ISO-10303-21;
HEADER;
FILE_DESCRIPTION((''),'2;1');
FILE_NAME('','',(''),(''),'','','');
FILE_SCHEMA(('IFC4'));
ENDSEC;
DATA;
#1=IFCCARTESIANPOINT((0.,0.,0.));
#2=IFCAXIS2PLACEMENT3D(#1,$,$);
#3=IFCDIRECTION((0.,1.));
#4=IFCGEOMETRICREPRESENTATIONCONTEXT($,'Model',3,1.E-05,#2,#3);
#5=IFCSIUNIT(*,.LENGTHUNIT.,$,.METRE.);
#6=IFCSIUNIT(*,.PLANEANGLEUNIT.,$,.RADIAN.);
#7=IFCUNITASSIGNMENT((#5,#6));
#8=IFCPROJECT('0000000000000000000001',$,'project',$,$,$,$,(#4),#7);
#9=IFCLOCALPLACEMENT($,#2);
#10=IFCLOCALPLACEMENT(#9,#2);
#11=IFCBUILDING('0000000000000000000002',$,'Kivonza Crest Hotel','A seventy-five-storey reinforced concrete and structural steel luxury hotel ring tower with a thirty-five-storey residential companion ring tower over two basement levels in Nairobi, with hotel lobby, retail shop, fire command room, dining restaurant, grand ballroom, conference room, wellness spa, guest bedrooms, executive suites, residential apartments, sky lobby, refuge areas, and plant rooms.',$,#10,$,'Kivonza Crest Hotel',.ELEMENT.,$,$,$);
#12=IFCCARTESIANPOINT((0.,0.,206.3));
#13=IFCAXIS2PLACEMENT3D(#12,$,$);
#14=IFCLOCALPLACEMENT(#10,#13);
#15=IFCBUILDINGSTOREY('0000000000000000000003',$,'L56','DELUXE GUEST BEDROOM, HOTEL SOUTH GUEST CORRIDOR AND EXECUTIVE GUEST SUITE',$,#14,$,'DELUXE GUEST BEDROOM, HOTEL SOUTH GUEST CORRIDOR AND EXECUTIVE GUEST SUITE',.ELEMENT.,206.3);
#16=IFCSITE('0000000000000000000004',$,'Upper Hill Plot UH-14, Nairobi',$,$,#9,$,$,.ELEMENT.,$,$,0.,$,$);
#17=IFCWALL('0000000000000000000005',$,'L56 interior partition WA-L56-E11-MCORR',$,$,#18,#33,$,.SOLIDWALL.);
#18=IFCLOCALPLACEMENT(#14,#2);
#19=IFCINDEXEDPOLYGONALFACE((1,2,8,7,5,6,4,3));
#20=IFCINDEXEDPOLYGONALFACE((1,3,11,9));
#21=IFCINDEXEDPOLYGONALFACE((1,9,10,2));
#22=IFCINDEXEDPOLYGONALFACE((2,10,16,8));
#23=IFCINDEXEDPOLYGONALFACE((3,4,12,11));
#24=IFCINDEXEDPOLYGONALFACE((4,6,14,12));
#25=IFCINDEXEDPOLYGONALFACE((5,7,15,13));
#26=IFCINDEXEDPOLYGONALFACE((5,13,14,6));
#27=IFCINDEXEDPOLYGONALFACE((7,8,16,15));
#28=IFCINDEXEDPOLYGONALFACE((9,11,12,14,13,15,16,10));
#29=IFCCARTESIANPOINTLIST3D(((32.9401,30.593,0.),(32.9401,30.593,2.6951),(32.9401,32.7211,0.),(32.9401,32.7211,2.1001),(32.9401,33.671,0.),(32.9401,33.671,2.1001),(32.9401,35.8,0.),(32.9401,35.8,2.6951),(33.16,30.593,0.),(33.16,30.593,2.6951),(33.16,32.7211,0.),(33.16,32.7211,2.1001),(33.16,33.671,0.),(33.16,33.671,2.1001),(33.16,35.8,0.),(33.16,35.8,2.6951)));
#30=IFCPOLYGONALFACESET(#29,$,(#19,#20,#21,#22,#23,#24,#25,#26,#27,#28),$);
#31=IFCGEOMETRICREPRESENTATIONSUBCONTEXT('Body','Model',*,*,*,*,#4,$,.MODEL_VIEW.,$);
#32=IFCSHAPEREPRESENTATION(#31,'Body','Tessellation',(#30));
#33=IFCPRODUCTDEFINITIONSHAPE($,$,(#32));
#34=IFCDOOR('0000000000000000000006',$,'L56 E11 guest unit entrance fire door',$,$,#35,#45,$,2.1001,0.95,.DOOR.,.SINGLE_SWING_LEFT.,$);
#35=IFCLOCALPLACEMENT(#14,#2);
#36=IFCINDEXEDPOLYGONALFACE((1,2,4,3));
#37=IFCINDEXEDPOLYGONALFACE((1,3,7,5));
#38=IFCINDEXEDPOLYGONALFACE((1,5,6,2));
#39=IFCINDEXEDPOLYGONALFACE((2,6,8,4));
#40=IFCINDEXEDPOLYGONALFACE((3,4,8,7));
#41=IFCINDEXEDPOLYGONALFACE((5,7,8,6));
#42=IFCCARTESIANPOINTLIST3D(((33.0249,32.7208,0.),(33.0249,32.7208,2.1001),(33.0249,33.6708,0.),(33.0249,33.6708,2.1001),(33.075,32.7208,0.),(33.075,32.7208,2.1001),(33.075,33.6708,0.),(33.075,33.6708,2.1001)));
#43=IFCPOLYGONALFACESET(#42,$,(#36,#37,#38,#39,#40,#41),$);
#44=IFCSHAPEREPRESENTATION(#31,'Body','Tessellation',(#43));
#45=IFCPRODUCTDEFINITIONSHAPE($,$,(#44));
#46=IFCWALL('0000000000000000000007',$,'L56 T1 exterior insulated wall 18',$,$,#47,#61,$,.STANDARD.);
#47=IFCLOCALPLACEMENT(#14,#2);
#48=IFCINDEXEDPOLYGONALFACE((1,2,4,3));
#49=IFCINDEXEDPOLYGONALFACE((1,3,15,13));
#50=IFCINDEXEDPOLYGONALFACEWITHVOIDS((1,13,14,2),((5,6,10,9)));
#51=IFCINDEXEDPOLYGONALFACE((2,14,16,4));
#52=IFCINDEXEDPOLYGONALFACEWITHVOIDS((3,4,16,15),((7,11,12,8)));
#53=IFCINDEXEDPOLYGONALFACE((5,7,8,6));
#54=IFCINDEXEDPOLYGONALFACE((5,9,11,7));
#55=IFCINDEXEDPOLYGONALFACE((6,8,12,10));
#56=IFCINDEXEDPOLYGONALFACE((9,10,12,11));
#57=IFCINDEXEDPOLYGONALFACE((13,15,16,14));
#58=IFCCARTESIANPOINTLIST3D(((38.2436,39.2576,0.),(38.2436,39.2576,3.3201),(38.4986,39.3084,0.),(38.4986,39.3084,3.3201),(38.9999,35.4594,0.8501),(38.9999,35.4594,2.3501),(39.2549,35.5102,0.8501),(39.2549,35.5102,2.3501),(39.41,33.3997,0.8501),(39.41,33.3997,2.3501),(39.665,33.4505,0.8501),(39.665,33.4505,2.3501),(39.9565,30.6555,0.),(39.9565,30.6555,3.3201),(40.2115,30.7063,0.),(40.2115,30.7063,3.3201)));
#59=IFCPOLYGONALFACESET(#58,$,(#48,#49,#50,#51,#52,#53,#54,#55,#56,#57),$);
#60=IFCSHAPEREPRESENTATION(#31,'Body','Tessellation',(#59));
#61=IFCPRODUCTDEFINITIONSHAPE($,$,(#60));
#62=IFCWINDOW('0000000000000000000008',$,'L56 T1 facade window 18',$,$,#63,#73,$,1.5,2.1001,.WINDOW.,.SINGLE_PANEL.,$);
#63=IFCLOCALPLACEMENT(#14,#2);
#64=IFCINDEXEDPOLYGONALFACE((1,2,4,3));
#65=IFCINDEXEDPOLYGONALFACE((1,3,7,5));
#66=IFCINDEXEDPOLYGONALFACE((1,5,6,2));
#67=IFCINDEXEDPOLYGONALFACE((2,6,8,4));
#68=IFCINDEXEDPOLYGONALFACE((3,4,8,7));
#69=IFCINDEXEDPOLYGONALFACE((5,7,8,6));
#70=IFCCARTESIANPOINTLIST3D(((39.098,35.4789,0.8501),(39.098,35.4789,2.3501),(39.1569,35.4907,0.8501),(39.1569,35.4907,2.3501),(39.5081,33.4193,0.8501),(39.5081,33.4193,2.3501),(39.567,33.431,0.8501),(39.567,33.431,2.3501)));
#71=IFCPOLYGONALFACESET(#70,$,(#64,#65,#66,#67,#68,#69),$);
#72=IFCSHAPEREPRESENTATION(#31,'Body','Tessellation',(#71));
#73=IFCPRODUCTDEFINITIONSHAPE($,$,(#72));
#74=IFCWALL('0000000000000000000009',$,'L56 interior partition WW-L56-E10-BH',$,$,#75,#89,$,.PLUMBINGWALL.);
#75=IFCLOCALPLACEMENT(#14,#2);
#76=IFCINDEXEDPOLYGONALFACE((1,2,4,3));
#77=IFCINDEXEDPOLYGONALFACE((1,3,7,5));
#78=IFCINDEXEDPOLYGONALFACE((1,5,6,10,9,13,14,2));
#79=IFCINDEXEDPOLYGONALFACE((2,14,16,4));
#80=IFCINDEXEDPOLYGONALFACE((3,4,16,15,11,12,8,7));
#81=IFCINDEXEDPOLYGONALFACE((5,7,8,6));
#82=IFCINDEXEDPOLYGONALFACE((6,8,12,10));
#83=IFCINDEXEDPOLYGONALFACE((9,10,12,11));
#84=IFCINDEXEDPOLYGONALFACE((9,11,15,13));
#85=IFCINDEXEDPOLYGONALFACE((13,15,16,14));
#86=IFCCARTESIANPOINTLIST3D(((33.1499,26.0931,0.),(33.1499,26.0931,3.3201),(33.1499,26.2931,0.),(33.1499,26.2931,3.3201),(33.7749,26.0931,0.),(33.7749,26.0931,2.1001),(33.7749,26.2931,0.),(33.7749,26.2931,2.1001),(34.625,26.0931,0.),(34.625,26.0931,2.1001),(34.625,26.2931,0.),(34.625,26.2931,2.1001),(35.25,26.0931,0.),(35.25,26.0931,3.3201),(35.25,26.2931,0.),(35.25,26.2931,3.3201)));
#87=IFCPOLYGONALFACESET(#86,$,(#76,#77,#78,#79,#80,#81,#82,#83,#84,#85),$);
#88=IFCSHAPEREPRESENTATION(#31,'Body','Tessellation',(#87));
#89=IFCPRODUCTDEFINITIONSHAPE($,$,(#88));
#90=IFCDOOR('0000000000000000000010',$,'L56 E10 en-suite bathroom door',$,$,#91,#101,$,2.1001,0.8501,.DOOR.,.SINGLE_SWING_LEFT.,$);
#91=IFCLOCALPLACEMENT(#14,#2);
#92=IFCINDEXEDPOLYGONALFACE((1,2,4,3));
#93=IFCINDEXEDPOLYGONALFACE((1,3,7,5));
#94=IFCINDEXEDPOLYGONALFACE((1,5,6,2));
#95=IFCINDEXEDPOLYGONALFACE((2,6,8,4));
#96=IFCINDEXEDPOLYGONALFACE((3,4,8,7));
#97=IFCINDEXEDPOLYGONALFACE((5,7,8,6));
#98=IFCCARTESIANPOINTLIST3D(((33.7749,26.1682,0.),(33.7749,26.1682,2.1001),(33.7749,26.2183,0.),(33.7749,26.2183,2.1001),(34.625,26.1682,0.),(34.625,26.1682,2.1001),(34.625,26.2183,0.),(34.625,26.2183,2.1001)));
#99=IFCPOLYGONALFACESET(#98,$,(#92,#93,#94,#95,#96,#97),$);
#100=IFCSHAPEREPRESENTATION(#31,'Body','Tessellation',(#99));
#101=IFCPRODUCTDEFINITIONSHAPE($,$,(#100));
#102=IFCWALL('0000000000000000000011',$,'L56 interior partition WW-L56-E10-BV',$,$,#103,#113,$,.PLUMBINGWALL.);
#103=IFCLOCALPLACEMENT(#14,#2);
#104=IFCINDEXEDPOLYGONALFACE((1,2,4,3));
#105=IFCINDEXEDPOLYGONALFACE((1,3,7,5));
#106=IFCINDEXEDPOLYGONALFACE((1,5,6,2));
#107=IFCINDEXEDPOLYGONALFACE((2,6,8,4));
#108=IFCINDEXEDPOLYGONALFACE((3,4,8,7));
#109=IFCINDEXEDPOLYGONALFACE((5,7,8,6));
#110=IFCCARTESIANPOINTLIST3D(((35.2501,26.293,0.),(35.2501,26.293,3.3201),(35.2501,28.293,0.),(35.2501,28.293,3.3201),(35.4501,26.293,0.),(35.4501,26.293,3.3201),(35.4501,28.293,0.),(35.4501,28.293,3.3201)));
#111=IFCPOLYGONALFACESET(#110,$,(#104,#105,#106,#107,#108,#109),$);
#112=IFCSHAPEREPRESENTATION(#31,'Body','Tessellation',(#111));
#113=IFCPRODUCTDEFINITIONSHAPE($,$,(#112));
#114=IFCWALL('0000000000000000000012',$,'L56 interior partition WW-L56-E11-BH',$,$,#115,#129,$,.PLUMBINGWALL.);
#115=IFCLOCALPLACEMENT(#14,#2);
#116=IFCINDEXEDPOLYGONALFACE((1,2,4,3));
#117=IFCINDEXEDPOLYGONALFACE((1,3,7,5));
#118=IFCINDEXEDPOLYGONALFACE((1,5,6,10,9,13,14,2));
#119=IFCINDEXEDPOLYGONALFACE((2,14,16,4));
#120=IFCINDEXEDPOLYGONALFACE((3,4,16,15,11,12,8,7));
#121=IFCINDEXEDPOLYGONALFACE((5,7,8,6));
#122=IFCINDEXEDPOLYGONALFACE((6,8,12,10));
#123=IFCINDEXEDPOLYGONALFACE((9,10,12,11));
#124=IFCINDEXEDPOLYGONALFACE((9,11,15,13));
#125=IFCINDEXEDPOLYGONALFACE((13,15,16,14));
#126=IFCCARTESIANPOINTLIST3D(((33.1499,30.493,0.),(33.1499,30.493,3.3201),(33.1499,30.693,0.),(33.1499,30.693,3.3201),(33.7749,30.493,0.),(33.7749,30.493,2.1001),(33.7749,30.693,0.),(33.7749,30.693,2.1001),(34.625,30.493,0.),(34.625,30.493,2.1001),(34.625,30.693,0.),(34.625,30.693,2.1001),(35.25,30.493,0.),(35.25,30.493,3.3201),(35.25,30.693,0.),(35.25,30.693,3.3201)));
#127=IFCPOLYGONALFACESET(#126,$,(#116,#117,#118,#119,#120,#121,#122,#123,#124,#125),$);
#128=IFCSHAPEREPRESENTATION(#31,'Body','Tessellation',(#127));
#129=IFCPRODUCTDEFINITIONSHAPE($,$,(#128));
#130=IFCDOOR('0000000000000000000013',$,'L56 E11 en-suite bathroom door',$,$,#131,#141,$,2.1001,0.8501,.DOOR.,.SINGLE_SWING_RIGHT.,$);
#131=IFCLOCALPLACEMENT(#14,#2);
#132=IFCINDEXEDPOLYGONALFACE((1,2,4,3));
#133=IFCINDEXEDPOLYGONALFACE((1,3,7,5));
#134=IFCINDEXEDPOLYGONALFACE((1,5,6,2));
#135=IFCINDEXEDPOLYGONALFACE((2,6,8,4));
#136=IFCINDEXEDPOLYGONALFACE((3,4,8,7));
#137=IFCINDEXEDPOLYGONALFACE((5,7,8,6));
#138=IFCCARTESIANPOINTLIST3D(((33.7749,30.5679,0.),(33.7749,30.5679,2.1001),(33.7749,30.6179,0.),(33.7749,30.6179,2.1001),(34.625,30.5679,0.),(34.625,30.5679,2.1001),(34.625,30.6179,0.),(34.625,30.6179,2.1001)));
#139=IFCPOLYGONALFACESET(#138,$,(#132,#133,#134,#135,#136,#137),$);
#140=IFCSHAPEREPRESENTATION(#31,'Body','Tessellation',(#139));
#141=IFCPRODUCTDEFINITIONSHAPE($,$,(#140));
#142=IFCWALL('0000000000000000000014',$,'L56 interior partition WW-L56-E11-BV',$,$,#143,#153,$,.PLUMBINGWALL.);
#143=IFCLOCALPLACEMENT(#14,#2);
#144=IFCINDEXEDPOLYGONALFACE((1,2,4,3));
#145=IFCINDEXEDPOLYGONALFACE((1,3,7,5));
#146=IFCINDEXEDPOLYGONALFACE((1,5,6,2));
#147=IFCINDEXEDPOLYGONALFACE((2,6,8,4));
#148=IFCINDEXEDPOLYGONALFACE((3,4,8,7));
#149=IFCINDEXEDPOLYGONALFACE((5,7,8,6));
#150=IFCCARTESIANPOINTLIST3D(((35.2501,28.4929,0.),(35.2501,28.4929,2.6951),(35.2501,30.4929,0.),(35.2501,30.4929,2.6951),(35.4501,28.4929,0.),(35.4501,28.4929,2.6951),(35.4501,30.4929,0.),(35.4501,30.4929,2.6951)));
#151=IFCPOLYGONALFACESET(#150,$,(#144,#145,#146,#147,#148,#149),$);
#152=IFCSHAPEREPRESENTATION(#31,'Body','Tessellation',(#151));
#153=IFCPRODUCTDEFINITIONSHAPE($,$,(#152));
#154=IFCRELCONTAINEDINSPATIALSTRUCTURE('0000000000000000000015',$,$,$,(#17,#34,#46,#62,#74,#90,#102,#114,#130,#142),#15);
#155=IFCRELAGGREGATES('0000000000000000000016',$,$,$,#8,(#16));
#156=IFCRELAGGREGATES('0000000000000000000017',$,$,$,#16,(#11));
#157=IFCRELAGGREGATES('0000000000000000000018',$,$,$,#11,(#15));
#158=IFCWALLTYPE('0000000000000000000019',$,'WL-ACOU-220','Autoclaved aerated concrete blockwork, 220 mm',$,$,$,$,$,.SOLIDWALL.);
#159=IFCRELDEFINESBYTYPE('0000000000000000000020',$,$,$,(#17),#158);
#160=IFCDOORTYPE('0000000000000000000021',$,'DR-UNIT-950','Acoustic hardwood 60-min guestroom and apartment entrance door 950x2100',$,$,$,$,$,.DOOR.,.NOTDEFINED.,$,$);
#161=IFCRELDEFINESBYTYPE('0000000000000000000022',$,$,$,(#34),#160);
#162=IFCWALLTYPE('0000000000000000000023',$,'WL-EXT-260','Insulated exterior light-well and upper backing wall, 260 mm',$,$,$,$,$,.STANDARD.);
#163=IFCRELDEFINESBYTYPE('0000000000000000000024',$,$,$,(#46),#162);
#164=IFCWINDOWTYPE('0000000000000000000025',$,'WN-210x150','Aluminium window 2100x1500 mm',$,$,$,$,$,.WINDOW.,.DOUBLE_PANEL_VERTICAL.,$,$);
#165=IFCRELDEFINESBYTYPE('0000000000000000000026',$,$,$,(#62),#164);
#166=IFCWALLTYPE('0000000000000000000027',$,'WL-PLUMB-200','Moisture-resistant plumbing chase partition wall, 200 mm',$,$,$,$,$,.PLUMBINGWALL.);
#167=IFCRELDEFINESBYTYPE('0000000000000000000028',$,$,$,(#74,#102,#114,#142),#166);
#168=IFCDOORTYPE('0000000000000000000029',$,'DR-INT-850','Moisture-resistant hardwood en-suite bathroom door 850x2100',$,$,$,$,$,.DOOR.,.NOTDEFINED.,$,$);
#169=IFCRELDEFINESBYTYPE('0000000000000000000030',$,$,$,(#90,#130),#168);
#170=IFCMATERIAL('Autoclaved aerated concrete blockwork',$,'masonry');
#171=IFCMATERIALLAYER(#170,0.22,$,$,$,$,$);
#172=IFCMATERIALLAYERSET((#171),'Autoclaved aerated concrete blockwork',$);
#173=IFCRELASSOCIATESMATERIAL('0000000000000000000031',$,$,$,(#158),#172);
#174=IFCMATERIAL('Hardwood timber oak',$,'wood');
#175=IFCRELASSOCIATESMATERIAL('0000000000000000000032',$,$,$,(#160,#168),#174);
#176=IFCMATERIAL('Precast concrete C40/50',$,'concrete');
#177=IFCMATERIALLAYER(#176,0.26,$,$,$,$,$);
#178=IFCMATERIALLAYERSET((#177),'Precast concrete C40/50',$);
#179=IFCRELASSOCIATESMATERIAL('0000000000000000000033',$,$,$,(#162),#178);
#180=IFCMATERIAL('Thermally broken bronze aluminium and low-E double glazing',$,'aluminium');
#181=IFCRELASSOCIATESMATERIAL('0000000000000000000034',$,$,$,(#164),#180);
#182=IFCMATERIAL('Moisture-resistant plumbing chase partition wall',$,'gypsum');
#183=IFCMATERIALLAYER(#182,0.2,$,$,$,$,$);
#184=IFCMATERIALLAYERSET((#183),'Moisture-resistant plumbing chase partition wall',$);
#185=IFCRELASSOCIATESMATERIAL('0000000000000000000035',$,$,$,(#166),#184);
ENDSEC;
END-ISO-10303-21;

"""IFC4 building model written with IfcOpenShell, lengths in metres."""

from ifc_helpers import new_model, si_unit, direction, frame, frame_2d, origin, place, context, subcontext, project, spatial, rectangle, extrude, material, layer, layer_set, type_object, element, fill, save


model = new_model("IFC4")

# Units and contexts
model_context = context("Model", 3, precision=1e-05, world=origin(), true_north=direction((0.0, 1.0)))
body_context = subcontext(model_context, "Body", "Model", "MODEL_VIEW")
ifc_project = project(units=[si_unit("LENGTHUNIT", "METRE"), si_unit("PLANEANGLEUNIT", "RADIAN")], contexts=[model_context])

# Site, building, storey
site_placement = place(None, origin())
site = spatial("IfcSite", under=ifc_project, at=site_placement, Name="Upper Hill Plot UH-14, Nairobi", CompositionType="ELEMENT", RefElevation=0.0)
building_placement = place(site_placement, origin())
building = spatial("IfcBuilding", under=site, at=building_placement, Name="Kivonza Crest Hotel", Description="A seventy-five-storey reinforced concrete and structural steel luxury hotel ring tower with a thirty-five-storey residential companion ring tower over two basement levels in Nairobi, with hotel lobby, retail shop, fire command room, dining restaurant, grand ballroom, conference room, wellness spa, guest bedrooms, executive suites, residential apartments, sky lobby, refuge areas, and plant rooms.", LongName="Kivonza Crest Hotel", CompositionType="ELEMENT")
storey_placement = place(building_placement, frame((0.0, 0.0, 206.3)))
storey = spatial("IfcBuildingStorey", under=building, at=storey_placement, Name="L56", Description="DELUXE GUEST BEDROOM, HOTEL SOUTH GUEST CORRIDOR AND EXECUTIVE GUEST SUITE", LongName="DELUXE GUEST BEDROOM, HOTEL SOUTH GUEST CORRIDOR AND EXECUTIVE GUEST SUITE", CompositionType="ELEMENT", Elevation=206.3)

# Shared definitions
ifc_material_1 = material(Name="Autoclaved aerated concrete blockwork", Category="masonry")
ifc_layer_1 = layer(ifc_material_1, 0.22)
ifc_layer_set_1 = layer_set([ifc_layer_1], Name="Autoclaved aerated concrete blockwork")
wall_type_1 = type_object("IfcWallType", Name="WL-ACOU-220", Description="Autoclaved aerated concrete blockwork, 220 mm", PredefinedType="SOLIDWALL", material=ifc_layer_set_1)

# Wall, opening, door
wall_1_placement = place(storey_placement, frame((33.05, 30.593, 0.0), z_axis=(0.0, 0.0, 1.0), x_axis=(0.0, 1.0, 0.0)))
wall_1 = element("IfcWall", 1, at=wall_1_placement, inside=storey, type_object=wall_type_1, Name="L56 interior partition WA-L56-E11-MCORR", PredefinedType="SOLIDWALL", context=body_context, shape_type="SweptSolid", body=[
    extrude(rectangle(XDim=5.207, YDim=0.22, at=frame_2d((2.6035, 0.0))), origin(), (0.0, 0.0, 1.0), 2.6951),
])
opening_1_placement = place(wall_1_placement, frame((2.1279, 0.0, 0.0)))
opening_1 = element("IfcOpeningElement", 2, at=opening_1_placement, cuts=wall_1, PredefinedType="OPENING", context=body_context, shape_type="SweptSolid", body=[
    extrude(rectangle(XDim=0.95, YDim=2.1001, at=frame_2d((0.4751, 1.05))), frame((0.0, 0.1201, 0.0), z_axis=(0.0, -1.0, 0.0), x_axis=(1.0, 0.0, 0.0)), (0.0, 0.0, 1.0), 0.24),
])
ifc_material_2 = material(Name="Hardwood timber oak", Category="wood")
door_type_1 = type_object("IfcDoorType", Name="DR-UNIT-950", Description="Acoustic hardwood 60-min guestroom and apartment entrance door 950x2100", OperationType="NOTDEFINED", PredefinedType="DOOR", material=ifc_material_2)
door_1_placement = place(opening_1_placement, frame((0.95, 0.0, 0.0), z_axis=(0.0, 0.0, 1.0), x_axis=(-1.0, 0.0, 0.0)))
door_1 = element("IfcDoor", 3, at=door_1_placement, inside=storey, type_object=door_type_1, Name="L56 E11 guest unit entrance fire door", OperationType="SINGLE_SWING_LEFT", OverallHeight=2.1001, OverallWidth=0.95, PredefinedType="DOOR", context=body_context, shape_type="SweptSolid", body=[
    extrude(rectangle(XDim=0.95, YDim=2.1001, at=frame_2d((0.4751, 1.05))), frame((0.0, 0.0249, 0.0), z_axis=(0.0, -1.0, 0.0), x_axis=(1.0, 0.0, 0.0)), (0.0, 0.0, 1.0), 0.05),
])
fill(opening_1, door_1)

# Wall, opening, window
ifc_material_3 = material(Name="Precast concrete C40/50", Category="concrete")
ifc_layer_2 = layer(ifc_material_3, 0.26)
ifc_layer_set_2 = layer_set([ifc_layer_2], Name="Precast concrete C40/50")
wall_type_2 = type_object("IfcWallType", Name="WL-EXT-260", Description="Insulated exterior light-well and upper backing wall, 260 mm", PredefinedType="STANDARD", material=ifc_layer_set_2)
wall_2_placement = place(storey_placement, frame((40.084, 30.6809, 0.0), z_axis=(0.0, 0.0, 1.0), x_axis=(-0.195292, 0.980745, 0.0)))
wall_2 = element("IfcWall", 4, at=wall_2_placement, inside=storey, type_object=wall_type_2, Name="L56 T1 exterior insulated wall 18", PredefinedType="STANDARD", context=body_context, shape_type="SweptSolid", body=[
    extrude(rectangle(XDim=8.771, YDim=0.26, at=frame_2d((4.3855, 0.0))), origin(), (0.0, 0.0, 1.0), 3.3201),
])
opening_2_placement = place(wall_2_placement, frame((2.7981, 0.0, 0.8501)))
opening_2 = element("IfcOpeningElement", 5, at=opening_2_placement, cuts=wall_2, PredefinedType="OPENING", context=body_context, shape_type="SweptSolid", body=[
    extrude(rectangle(XDim=2.1001, YDim=1.5, at=frame_2d((1.05, 0.75))), frame((0.0, 0.1401, 0.0), z_axis=(0.0, -1.0, 0.0), x_axis=(1.0, 0.0, 0.0)), (0.0, 0.0, 1.0), 0.28),
])
ifc_material_4 = material(Name="Thermally broken bronze aluminium and low-E double glazing", Category="aluminium")
window_type = type_object("IfcWindowType", Name="WN-210x150", Description="Aluminium window 2100x1500 mm", PartitioningType="DOUBLE_PANEL_VERTICAL", PredefinedType="WINDOW", material=ifc_material_4)
window_placement = place(opening_2_placement, origin())
window = element("IfcWindow", 6, at=window_placement, inside=storey, type_object=window_type, Name="L56 T1 facade window 18", OverallHeight=1.5, OverallWidth=2.1001, PartitioningType="SINGLE_PANEL", PredefinedType="WINDOW", context=body_context, shape_type="SweptSolid", body=[
    extrude(rectangle(XDim=2.1001, YDim=1.5, at=frame_2d((1.05, 0.75))), frame((0.0, 0.03, 0.0), z_axis=(0.0, -1.0, 0.0), x_axis=(1.0, 0.0, 0.0)), (0.0, 0.0, 1.0), 0.0601),
])
fill(opening_2, window)

# Wall, opening, door
ifc_material_5 = material(Name="Moisture-resistant plumbing chase partition wall", Category="gypsum")
ifc_layer_3 = layer(ifc_material_5, 0.2)
ifc_layer_set_3 = layer_set([ifc_layer_3], Name="Moisture-resistant plumbing chase partition wall")
wall_type_3 = type_object("IfcWallType", Name="WL-PLUMB-200", Description="Moisture-resistant plumbing chase partition wall, 200 mm", PredefinedType="PLUMBINGWALL", material=ifc_layer_set_3)
wall_3_placement = place(storey_placement, frame((33.1499, 26.1931, 0.0), z_axis=(0.0, 0.0, 1.0), x_axis=(1.0, 0.0, 0.0)))
wall_3 = element("IfcWall", 7, at=wall_3_placement, inside=storey, type_object=wall_type_3, Name="L56 interior partition WW-L56-E10-BH", PredefinedType="PLUMBINGWALL", context=body_context, shape_type="SweptSolid", body=[
    extrude(rectangle(XDim=2.1001, YDim=0.2, at=frame_2d((1.05, 0.0))), origin(), (0.0, 0.0, 1.0), 3.3201),
])
opening_3_placement = place(wall_3_placement, frame((0.625, 0.0, 0.0)))
opening_3 = element("IfcOpeningElement", 8, at=opening_3_placement, cuts=wall_3, PredefinedType="OPENING", context=body_context, shape_type="SweptSolid", body=[
    extrude(rectangle(XDim=0.8501, YDim=2.1001, at=frame_2d((0.425, 1.05))), frame((0.0, 0.1099, 0.0), z_axis=(0.0, -1.0, 0.0), x_axis=(1.0, 0.0, 0.0)), (0.0, 0.0, 1.0), 0.22),
])
door_type_2 = type_object("IfcDoorType", Name="DR-INT-850", Description="Moisture-resistant hardwood en-suite bathroom door 850x2100", OperationType="NOTDEFINED", PredefinedType="DOOR", material=ifc_material_2)
door_2_placement = place(opening_3_placement, frame((0.8501, 0.0, 0.0), z_axis=(0.0, 0.0, 1.0), x_axis=(-1.0, 0.0, 0.0)))
door_2 = element("IfcDoor", 9, at=door_2_placement, inside=storey, type_object=door_type_2, Name="L56 E10 en-suite bathroom door", OperationType="SINGLE_SWING_LEFT", OverallHeight=2.1001, OverallWidth=0.8501, PredefinedType="DOOR", context=body_context, shape_type="SweptSolid", body=[
    extrude(rectangle(XDim=0.8501, YDim=2.1001, at=frame_2d((0.425, 1.05))), frame((0.0, 0.0249, 0.0), z_axis=(0.0, -1.0, 0.0), x_axis=(1.0, 0.0, 0.0)), (0.0, 0.0, 1.0), 0.05),
])
fill(opening_3, door_2)

# Wall
wall_4_placement = place(storey_placement, frame((35.3501, 26.293, 0.0), z_axis=(0.0, 0.0, 1.0), x_axis=(0.0, 1.0, 0.0)))
element("IfcWall", 10, at=wall_4_placement, inside=storey, type_object=wall_type_3, Name="L56 interior partition WW-L56-E10-BV", PredefinedType="PLUMBINGWALL", context=body_context, shape_type="SweptSolid", body=[
    extrude(rectangle(XDim=2.0, YDim=0.2, at=frame_2d((1.0, 0.0))), origin(), (0.0, 0.0, 1.0), 3.3201),
])

# Wall, opening, door
wall_5_placement = place(storey_placement, frame((33.1499, 30.593, 0.0), z_axis=(0.0, 0.0, 1.0), x_axis=(1.0, 0.0, 0.0)))
wall_5 = element("IfcWall", 11, at=wall_5_placement, inside=storey, type_object=wall_type_3, Name="L56 interior partition WW-L56-E11-BH", PredefinedType="PLUMBINGWALL", context=body_context, shape_type="SweptSolid", body=[
    extrude(rectangle(XDim=2.1001, YDim=0.2, at=frame_2d((1.05, 0.0))), origin(), (0.0, 0.0, 1.0), 3.3201),
])
opening_4_placement = place(wall_5_placement, frame((0.625, 0.0, 0.0)))
opening_4 = element("IfcOpeningElement", 12, at=opening_4_placement, cuts=wall_5, PredefinedType="OPENING", context=body_context, shape_type="SweptSolid", body=[
    extrude(rectangle(XDim=0.8501, YDim=2.1001, at=frame_2d((0.425, 1.05))), frame((0.0, 0.1099, 0.0), z_axis=(0.0, -1.0, 0.0), x_axis=(1.0, 0.0, 0.0)), (0.0, 0.0, 1.0), 0.22),
])
door_3_placement = place(opening_4_placement, origin())
door_3 = element("IfcDoor", 13, at=door_3_placement, inside=storey, type_object=door_type_2, Name="L56 E11 en-suite bathroom door", OperationType="SINGLE_SWING_RIGHT", OverallHeight=2.1001, OverallWidth=0.8501, PredefinedType="DOOR", context=body_context, shape_type="SweptSolid", body=[
    extrude(rectangle(XDim=0.8501, YDim=2.1001, at=frame_2d((0.425, 1.05))), frame((0.0, 0.0249, 0.0), z_axis=(0.0, -1.0, 0.0), x_axis=(1.0, 0.0, 0.0)), (0.0, 0.0, 1.0), 0.05),
])
fill(opening_4, door_3)

# Wall
wall_6_placement = place(storey_placement, frame((35.3501, 28.4929, 0.0), z_axis=(0.0, 0.0, 1.0), x_axis=(0.0, 1.0, 0.0)))
element("IfcWall", 14, at=wall_6_placement, inside=storey, type_object=wall_type_3, Name="L56 interior partition WW-L56-E11-BV", PredefinedType="PLUMBINGWALL", context=body_context, shape_type="SweptSolid", body=[
    extrude(rectangle(XDim=2.0, YDim=0.2, at=frame_2d((1.0, 0.0))), origin(), (0.0, 0.0, 1.0), 2.6951),
])

save(model, "model.ifc")
